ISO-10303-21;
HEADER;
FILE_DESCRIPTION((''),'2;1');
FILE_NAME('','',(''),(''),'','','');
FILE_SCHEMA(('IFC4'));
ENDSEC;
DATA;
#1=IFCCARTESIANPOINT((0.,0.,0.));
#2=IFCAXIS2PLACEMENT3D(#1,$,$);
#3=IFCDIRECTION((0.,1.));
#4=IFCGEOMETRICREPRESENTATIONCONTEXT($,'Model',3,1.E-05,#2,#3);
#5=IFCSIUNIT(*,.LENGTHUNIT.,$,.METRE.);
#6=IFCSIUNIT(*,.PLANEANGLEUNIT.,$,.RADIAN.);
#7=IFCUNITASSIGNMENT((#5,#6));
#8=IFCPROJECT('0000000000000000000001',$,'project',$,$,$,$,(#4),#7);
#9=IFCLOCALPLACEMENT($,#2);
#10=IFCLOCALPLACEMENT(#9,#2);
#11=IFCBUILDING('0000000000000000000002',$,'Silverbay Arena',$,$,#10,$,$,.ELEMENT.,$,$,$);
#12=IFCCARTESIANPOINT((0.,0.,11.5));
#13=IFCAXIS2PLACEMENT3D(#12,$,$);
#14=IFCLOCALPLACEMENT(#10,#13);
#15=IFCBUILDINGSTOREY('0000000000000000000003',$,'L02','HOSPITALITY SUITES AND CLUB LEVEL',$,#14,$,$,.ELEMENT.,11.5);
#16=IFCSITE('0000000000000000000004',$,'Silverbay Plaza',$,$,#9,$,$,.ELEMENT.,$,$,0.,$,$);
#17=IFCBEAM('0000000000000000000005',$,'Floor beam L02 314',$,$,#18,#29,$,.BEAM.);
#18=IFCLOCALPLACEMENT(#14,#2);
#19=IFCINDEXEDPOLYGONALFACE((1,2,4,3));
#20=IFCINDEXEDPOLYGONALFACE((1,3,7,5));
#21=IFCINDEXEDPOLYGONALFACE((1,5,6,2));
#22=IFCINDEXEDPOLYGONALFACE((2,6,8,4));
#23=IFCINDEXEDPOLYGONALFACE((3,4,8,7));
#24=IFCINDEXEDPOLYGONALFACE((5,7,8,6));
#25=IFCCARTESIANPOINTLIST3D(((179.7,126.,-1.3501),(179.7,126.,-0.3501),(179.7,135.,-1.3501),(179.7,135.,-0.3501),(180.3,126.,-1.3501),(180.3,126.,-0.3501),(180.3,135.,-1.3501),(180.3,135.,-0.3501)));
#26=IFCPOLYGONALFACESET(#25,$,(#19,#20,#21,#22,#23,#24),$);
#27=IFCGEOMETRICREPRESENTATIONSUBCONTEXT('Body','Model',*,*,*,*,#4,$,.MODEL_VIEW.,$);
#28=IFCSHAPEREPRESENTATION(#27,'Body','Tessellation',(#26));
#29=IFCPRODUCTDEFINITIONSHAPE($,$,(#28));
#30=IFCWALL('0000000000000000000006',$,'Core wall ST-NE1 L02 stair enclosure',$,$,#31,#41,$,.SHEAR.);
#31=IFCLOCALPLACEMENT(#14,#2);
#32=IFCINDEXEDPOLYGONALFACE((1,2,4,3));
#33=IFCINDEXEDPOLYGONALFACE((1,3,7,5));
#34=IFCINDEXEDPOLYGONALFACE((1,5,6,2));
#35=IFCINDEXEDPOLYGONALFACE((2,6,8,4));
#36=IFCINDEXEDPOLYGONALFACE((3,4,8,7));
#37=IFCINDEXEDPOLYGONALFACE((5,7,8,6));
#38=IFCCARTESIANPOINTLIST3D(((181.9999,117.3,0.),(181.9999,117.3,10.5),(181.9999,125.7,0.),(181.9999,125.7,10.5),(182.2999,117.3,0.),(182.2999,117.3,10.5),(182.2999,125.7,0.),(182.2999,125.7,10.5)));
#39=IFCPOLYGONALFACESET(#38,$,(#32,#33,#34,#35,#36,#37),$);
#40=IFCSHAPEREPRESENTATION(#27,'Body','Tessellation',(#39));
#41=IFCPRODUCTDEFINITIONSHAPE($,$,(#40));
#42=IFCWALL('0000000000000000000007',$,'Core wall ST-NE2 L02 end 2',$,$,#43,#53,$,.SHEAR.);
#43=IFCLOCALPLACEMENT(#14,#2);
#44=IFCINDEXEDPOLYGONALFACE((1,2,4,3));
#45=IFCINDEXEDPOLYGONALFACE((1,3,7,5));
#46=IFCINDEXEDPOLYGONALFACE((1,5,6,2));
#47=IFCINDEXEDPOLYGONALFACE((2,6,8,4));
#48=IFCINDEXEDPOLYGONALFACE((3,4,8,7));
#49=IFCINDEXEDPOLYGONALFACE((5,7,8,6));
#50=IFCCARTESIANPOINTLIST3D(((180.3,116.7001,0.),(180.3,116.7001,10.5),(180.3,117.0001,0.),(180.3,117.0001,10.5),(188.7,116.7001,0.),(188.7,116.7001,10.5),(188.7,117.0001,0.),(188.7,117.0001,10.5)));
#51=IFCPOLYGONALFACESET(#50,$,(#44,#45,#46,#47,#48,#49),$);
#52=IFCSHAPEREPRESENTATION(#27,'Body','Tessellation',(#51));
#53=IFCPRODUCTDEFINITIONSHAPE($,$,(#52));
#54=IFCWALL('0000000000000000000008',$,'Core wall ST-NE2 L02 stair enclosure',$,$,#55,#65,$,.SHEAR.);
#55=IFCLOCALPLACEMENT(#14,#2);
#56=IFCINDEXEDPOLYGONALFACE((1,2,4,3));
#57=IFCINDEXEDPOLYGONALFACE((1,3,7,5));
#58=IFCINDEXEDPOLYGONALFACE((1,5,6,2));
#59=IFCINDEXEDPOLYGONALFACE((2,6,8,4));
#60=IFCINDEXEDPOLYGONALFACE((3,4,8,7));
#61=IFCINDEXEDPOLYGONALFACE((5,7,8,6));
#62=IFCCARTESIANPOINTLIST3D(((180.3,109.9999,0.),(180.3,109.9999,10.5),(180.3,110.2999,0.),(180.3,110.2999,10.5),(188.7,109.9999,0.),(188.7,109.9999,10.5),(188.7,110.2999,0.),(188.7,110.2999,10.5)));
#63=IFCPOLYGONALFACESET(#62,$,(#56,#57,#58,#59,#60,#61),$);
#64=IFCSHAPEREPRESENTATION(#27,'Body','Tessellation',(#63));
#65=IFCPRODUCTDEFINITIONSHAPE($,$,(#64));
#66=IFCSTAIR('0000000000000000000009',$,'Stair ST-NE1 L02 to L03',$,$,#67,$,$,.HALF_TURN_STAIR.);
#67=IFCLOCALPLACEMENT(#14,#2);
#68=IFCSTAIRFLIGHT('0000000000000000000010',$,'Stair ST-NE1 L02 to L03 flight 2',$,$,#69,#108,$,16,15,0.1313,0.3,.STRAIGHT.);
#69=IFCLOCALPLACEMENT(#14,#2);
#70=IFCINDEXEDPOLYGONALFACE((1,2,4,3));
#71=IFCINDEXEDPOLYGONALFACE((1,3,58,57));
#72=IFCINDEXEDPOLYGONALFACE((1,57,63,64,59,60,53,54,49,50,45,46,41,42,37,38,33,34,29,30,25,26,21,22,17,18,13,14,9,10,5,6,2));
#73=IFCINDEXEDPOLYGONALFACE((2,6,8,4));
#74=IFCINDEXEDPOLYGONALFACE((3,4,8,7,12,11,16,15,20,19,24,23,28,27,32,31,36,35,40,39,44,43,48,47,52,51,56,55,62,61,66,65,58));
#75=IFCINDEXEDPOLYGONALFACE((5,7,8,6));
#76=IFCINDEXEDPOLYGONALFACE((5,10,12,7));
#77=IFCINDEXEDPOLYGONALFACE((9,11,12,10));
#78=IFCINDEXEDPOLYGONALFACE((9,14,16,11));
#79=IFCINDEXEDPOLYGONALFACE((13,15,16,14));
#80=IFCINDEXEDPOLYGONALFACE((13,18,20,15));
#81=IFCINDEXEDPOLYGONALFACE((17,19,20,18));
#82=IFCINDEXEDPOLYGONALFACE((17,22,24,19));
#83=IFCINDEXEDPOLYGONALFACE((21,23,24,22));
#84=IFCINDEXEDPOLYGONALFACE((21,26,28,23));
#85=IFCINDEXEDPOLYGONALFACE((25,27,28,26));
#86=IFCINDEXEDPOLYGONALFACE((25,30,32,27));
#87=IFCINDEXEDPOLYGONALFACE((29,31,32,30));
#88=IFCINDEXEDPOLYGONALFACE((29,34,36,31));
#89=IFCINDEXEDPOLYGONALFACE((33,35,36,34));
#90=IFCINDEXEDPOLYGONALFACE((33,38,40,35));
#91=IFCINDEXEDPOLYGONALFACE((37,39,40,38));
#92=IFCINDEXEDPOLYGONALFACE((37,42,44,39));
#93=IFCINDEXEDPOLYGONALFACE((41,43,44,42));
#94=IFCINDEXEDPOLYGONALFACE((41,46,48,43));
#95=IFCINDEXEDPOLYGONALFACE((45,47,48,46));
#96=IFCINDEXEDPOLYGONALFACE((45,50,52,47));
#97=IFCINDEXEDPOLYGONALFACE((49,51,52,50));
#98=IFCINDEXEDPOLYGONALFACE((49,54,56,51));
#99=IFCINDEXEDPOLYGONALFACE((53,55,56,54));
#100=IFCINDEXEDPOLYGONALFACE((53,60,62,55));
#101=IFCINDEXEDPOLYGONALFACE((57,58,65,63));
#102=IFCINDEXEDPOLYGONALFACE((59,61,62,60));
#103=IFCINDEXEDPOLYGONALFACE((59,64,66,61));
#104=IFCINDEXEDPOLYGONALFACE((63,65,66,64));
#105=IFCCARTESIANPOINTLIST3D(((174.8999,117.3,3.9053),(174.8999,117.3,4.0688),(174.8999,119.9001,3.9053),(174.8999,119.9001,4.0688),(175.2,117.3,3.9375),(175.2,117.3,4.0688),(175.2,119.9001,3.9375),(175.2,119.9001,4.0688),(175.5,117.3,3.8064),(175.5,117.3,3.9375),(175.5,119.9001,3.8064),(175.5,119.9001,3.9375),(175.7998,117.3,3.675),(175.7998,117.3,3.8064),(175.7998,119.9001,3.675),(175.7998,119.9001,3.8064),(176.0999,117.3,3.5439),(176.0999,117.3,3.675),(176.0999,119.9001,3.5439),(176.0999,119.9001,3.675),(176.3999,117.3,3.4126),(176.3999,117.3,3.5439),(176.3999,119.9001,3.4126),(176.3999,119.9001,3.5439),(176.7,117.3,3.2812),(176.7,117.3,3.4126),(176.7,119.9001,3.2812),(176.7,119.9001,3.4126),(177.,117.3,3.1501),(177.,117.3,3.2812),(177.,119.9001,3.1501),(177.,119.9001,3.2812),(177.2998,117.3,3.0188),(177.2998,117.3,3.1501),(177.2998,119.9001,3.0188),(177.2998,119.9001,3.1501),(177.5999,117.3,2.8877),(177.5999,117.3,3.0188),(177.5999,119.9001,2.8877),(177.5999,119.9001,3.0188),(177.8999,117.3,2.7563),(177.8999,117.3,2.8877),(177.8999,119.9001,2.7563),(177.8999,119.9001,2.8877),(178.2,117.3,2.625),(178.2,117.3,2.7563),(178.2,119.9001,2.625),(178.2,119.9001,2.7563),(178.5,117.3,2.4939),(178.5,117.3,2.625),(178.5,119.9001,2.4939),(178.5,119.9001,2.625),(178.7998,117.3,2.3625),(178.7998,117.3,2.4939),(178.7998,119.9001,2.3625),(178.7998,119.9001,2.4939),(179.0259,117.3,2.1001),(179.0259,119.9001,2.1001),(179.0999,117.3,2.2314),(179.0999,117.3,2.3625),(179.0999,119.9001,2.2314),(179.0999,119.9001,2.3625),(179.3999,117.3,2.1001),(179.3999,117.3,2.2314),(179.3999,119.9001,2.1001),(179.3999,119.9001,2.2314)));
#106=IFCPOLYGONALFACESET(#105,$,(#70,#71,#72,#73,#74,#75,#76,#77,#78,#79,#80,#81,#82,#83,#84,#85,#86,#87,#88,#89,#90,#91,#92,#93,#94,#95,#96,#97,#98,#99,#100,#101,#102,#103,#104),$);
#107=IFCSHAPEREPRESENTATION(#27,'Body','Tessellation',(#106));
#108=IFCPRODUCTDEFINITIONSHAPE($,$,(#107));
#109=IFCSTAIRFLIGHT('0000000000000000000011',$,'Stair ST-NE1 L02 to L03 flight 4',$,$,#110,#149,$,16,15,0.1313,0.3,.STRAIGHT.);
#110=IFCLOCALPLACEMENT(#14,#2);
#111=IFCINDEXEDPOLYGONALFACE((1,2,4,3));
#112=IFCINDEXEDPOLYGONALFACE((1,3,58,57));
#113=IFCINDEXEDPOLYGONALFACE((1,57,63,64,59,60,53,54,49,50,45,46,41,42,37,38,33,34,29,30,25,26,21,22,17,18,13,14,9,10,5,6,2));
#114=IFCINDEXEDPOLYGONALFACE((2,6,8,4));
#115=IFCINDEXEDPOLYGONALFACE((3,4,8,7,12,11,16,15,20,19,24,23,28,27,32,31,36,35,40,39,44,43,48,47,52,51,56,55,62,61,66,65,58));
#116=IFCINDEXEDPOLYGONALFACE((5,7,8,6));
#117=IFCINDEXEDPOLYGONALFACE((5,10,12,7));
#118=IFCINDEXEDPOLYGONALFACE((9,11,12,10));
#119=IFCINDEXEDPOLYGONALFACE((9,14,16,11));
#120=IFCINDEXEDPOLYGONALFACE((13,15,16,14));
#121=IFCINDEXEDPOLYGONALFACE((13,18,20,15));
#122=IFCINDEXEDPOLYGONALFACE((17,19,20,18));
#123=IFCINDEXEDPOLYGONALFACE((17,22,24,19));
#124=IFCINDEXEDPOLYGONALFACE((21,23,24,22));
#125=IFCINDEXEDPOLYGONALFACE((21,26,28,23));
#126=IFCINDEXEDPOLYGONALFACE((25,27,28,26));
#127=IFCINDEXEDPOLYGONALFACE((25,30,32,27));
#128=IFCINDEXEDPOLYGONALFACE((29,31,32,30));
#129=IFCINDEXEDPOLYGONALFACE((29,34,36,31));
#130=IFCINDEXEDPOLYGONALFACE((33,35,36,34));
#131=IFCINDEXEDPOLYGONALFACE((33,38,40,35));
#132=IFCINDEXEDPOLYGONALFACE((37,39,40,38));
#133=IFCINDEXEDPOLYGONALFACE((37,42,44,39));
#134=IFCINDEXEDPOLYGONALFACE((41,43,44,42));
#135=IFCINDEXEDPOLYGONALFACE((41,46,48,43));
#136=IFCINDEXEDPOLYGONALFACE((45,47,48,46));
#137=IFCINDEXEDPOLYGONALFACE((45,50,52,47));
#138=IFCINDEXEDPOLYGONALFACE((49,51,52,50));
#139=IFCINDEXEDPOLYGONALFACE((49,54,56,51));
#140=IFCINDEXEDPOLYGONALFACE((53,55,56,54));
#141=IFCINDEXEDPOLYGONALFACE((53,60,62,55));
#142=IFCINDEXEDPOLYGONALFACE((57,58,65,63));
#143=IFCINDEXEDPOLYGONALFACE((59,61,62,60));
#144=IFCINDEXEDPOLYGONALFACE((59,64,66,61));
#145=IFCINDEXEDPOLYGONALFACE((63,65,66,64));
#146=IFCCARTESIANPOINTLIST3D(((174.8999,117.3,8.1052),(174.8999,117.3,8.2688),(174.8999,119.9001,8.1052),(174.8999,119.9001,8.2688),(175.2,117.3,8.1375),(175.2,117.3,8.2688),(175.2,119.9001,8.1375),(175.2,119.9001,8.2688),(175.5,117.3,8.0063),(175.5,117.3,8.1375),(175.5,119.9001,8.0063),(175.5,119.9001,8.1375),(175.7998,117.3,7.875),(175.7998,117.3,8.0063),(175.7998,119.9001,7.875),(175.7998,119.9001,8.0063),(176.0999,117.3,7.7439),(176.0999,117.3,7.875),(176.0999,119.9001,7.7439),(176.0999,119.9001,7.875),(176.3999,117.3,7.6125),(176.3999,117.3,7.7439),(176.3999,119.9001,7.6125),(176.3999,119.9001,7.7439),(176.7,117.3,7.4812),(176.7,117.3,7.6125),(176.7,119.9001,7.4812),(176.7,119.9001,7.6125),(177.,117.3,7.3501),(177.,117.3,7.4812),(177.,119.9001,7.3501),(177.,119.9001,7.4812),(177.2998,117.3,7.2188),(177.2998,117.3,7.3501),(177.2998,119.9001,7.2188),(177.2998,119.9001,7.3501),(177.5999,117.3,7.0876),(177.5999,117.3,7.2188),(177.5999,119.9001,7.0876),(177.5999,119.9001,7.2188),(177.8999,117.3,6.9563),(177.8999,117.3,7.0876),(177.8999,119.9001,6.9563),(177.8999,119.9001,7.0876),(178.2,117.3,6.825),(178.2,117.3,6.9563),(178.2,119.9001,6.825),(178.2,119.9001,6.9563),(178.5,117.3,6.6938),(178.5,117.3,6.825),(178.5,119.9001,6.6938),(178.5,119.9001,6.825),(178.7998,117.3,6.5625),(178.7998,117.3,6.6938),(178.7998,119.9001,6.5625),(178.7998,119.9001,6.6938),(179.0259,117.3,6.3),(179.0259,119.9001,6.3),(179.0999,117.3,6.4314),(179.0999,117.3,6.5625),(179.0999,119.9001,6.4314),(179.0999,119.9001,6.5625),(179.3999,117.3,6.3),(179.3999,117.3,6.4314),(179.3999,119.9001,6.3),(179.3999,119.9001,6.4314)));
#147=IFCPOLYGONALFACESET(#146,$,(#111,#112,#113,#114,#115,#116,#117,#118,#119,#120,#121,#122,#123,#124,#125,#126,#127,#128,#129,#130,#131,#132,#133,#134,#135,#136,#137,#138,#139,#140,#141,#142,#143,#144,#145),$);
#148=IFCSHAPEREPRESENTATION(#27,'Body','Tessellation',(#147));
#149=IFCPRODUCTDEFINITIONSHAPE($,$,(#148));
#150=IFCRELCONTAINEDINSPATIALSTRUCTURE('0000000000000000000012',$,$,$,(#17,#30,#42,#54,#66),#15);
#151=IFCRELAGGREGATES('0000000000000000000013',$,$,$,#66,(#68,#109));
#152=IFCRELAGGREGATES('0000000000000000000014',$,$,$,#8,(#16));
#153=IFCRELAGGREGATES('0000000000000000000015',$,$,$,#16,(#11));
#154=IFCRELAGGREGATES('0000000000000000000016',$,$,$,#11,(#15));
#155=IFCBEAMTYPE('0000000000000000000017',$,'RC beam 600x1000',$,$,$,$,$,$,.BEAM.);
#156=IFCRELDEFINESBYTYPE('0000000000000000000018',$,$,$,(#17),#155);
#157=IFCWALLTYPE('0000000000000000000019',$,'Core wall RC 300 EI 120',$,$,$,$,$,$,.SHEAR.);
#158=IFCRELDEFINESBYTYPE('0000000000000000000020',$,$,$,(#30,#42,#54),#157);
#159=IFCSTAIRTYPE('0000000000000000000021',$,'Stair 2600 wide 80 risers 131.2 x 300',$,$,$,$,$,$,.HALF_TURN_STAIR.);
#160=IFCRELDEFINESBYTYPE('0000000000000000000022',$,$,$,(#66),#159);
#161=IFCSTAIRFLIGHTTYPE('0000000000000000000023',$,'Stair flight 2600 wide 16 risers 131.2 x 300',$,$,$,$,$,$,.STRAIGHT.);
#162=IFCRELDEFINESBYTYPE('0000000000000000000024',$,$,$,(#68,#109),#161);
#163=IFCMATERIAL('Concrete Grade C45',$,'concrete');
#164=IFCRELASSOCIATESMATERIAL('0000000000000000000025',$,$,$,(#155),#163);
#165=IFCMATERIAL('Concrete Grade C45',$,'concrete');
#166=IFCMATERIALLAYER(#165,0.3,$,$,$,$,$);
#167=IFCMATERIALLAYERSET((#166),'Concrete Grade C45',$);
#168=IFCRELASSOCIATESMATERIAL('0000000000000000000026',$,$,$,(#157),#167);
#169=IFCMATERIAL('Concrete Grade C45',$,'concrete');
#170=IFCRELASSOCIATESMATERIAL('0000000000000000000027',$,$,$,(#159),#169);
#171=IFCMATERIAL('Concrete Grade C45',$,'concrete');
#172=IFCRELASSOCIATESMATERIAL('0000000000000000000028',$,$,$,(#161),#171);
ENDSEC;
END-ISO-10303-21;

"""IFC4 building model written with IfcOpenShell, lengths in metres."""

from ifc_helpers import new_model, si_unit, direction, frame, frame_2d, origin, origin_2d, place, context, subcontext, project, spatial, polyline, rectangle, outline, extrude, material, layer, layer_set, material_profile, profile_set, type_object, element, aggregate, save


model = new_model("IFC4")

# Units and contexts
model_context = context("Model", 3, precision=1e-05, world=origin(), true_north=direction((0.0, 1.0)))
body_context = subcontext(model_context, "Body", "Model", "MODEL_VIEW")
ifc_project = project(units=[si_unit("LENGTHUNIT", "METRE"), si_unit("PLANEANGLEUNIT", "RADIAN")], contexts=[model_context])

# Site, building, storey
site_placement = place(None, origin())
site = spatial("IfcSite", under=ifc_project, at=site_placement, Name="Silverbay Plaza", CompositionType="ELEMENT", RefElevation=0.0)
building_placement = place(site_placement, origin())
building = spatial("IfcBuilding", under=site, at=building_placement, Name="Silverbay Arena", CompositionType="ELEMENT")
storey_placement = place(building_placement, frame((0.0, 0.0, 11.5)))
storey = spatial("IfcBuildingStorey", under=building, at=storey_placement, Name="L02", Description="HOSPITALITY SUITES AND CLUB LEVEL", CompositionType="ELEMENT", Elevation=11.5)

# Beam
ifc_material_1 = material(Name="Concrete Grade C45", Category="concrete")
ifc_material_profile = material_profile(ifc_material_1, rectangle(XDim=0.6001, YDim=1.0, at=origin_2d()), Name="RC 600x1000")
ifc_profile_set = profile_set([ifc_material_profile], Name="Concrete Grade C45")
beam_type = type_object("IfcBeamType", Name="RC beam 600x1000", PredefinedType="BEAM", material=ifc_profile_set)
beam_placement = place(storey_placement, frame((180.0, 126.0, -0.8501), z_axis=(0.0, 1.0, 0.0), x_axis=(-1.0, 0.0, 0.0)))
element("IfcBeam", 1, at=beam_placement, inside=storey, type_object=beam_type, Name="Floor beam L02 314", PredefinedType="BEAM", context=body_context, shape_type="SweptSolid", body=[
    extrude(rectangle(XDim=0.6001, YDim=1.0, at=origin_2d()), origin(), (0.0, 0.0, 1.0), 9.0),
])

# Walls
ifc_material_2 = material(Name="Concrete Grade C45", Category="concrete")
ifc_layer = layer(ifc_material_2, 0.3)
ifc_layer_set = layer_set([ifc_layer], Name="Concrete Grade C45")
wall_type = type_object("IfcWallType", Name="Core wall RC 300 EI 120", PredefinedType="SHEAR", material=ifc_layer_set)
for number, where, z_axis, x_axis, name in (
    (2, (182.1499, 117.3, 0.0), (0.0, 0.0, 1.0), (0.0, 1.0, 0.0), "Core wall ST-NE1 L02 stair enclosure"),
    (3, (180.3, 116.8501, 0.0), (0.0, 0.0, 1.0), (1.0, 0.0, 0.0), "Core wall ST-NE2 L02 end 2"),
    (4, (180.3, 110.1499, 0.0), (0.0, 0.0, 1.0), (1.0, 0.0, 0.0), "Core wall ST-NE2 L02 stair enclosure"),
):
    element("IfcWall", number, at=place(storey_placement, frame(where, z_axis=z_axis, x_axis=x_axis)), inside=storey, type_object=wall_type, Name=name, PredefinedType="SHEAR", context=body_context, shape_type="SweptSolid", body=[
        extrude(rectangle(XDim=8.3999, YDim=0.3, at=frame_2d((4.2, 0.0))), origin(), (0.0, 0.0, 1.0), 10.5),
    ])

# Stair, stair flights
ifc_material_3 = material(Name="Concrete Grade C45", Category="concrete")
stair_type = type_object("IfcStairType", Name="Stair 2600 wide 80 risers 131.2 x 300", PredefinedType="HALF_TURN_STAIR", material=ifc_material_3)
stair_placement = place(storey_placement, origin())
stair = element("IfcStair", 5, at=stair_placement, inside=storey, type_object=stair_type, Name="Stair ST-NE1 L02 to L03", PredefinedType="HALF_TURN_STAIR")
ifc_material_4 = material(Name="Concrete Grade C45", Category="concrete")
stair_flight_type = type_object("IfcStairFlightType", Name="Stair flight 2600 wide 16 risers 131.2 x 300", PredefinedType="STRAIGHT", material=ifc_material_4)
stair_flight_1_placement = place(storey_placement, frame((179.3999, 118.6001, 2.1001), z_axis=(0.0, 0.0, 1.0), x_axis=(-1.0, 0.0, 0.0)))
stair_flight_1 = element("IfcStairFlight", 6, at=stair_flight_1_placement, type_object=stair_flight_type, Name="Stair ST-NE1 L02 to L03 flight 2", NumberOfRisers=16, NumberOfTreads=15, PredefinedType="STRAIGHT", RiserHeight=0.1313, TreadLength=0.3, context=body_context, shape_type="SweptSolid", body=[
    extrude(outline(polyline([(0.0, 0.0), (0.0, 0.1313), (0.3, 0.1313), (0.3, 0.2625), (0.6001, 0.2625), (0.6001, 0.3938), (0.8999, 0.3938), (0.8999, 0.5249), (1.2, 0.5249), (1.2, 0.6562), (1.5, 0.6562), (1.5, 0.7876), (1.8, 0.7876), (1.8, 0.9187), (2.1001, 0.9187), (2.1001, 1.05), (2.3999, 1.05), (2.3999, 1.1812), (2.7, 1.1812), (2.7, 1.3125), (3.0, 1.3125), (3.0, 1.4438), (3.3, 1.4438), (3.3, 1.575), (3.6001, 1.575), (3.6001, 1.7063), (3.8999, 1.7063), (3.8999, 1.8374), (4.2, 1.8374), (4.2, 1.9688), (4.5, 1.9688), (4.5, 1.8052), (0.374, 0.0), (0.0, 0.0)])), frame((0.0, 1.3, 0.0), z_axis=(0.0, -1.0, 0.0), x_axis=(1.0, 0.0, 0.0)), (0.0, 0.0, 1.0), 2.6001),
])
stair_flight_2_placement = place(storey_placement, frame((179.3999, 118.6001, 6.3), z_axis=(0.0, 0.0, 1.0), x_axis=(-1.0, 0.0, 0.0)))
stair_flight_2 = element("IfcStairFlight", 7, at=stair_flight_2_placement, type_object=stair_flight_type, Name="Stair ST-NE1 L02 to L03 flight 4", NumberOfRisers=16, NumberOfTreads=15, PredefinedType="STRAIGHT", RiserHeight=0.1313, TreadLength=0.3, context=body_context, shape_type="SweptSolid", body=[
    extrude(outline(polyline([(0.0, 0.0), (0.0, 0.1313), (0.3, 0.1313), (0.3, 0.2625), (0.6001, 0.2625), (0.6001, 0.3938), (0.8999, 0.3938), (0.8999, 0.5249), (1.2, 0.5249), (1.2, 0.6562), (1.5, 0.6562), (1.5, 0.7876), (1.8, 0.7876), (1.8, 0.9187), (2.1001, 0.9187), (2.1001, 1.05), (2.3999, 1.05), (2.3999, 1.1812), (2.7, 1.1812), (2.7, 1.3125), (3.0, 1.3125), (3.0, 1.4438), (3.3, 1.4438), (3.3, 1.575), (3.6001, 1.575), (3.6001, 1.7063), (3.8999, 1.7063), (3.8999, 1.8374), (4.2, 1.8374), (4.2, 1.9688), (4.5, 1.9688), (4.5, 1.8052), (0.374, 0.0), (0.0, 0.0)])), frame((0.0, 1.3, 0.0), z_axis=(0.0, -1.0, 0.0), x_axis=(1.0, 0.0, 0.0)), (0.0, 0.0, 1.0), 2.6001),
])
aggregate(stair, [stair_flight_1, stair_flight_2])

save(model, "model.ifc")
